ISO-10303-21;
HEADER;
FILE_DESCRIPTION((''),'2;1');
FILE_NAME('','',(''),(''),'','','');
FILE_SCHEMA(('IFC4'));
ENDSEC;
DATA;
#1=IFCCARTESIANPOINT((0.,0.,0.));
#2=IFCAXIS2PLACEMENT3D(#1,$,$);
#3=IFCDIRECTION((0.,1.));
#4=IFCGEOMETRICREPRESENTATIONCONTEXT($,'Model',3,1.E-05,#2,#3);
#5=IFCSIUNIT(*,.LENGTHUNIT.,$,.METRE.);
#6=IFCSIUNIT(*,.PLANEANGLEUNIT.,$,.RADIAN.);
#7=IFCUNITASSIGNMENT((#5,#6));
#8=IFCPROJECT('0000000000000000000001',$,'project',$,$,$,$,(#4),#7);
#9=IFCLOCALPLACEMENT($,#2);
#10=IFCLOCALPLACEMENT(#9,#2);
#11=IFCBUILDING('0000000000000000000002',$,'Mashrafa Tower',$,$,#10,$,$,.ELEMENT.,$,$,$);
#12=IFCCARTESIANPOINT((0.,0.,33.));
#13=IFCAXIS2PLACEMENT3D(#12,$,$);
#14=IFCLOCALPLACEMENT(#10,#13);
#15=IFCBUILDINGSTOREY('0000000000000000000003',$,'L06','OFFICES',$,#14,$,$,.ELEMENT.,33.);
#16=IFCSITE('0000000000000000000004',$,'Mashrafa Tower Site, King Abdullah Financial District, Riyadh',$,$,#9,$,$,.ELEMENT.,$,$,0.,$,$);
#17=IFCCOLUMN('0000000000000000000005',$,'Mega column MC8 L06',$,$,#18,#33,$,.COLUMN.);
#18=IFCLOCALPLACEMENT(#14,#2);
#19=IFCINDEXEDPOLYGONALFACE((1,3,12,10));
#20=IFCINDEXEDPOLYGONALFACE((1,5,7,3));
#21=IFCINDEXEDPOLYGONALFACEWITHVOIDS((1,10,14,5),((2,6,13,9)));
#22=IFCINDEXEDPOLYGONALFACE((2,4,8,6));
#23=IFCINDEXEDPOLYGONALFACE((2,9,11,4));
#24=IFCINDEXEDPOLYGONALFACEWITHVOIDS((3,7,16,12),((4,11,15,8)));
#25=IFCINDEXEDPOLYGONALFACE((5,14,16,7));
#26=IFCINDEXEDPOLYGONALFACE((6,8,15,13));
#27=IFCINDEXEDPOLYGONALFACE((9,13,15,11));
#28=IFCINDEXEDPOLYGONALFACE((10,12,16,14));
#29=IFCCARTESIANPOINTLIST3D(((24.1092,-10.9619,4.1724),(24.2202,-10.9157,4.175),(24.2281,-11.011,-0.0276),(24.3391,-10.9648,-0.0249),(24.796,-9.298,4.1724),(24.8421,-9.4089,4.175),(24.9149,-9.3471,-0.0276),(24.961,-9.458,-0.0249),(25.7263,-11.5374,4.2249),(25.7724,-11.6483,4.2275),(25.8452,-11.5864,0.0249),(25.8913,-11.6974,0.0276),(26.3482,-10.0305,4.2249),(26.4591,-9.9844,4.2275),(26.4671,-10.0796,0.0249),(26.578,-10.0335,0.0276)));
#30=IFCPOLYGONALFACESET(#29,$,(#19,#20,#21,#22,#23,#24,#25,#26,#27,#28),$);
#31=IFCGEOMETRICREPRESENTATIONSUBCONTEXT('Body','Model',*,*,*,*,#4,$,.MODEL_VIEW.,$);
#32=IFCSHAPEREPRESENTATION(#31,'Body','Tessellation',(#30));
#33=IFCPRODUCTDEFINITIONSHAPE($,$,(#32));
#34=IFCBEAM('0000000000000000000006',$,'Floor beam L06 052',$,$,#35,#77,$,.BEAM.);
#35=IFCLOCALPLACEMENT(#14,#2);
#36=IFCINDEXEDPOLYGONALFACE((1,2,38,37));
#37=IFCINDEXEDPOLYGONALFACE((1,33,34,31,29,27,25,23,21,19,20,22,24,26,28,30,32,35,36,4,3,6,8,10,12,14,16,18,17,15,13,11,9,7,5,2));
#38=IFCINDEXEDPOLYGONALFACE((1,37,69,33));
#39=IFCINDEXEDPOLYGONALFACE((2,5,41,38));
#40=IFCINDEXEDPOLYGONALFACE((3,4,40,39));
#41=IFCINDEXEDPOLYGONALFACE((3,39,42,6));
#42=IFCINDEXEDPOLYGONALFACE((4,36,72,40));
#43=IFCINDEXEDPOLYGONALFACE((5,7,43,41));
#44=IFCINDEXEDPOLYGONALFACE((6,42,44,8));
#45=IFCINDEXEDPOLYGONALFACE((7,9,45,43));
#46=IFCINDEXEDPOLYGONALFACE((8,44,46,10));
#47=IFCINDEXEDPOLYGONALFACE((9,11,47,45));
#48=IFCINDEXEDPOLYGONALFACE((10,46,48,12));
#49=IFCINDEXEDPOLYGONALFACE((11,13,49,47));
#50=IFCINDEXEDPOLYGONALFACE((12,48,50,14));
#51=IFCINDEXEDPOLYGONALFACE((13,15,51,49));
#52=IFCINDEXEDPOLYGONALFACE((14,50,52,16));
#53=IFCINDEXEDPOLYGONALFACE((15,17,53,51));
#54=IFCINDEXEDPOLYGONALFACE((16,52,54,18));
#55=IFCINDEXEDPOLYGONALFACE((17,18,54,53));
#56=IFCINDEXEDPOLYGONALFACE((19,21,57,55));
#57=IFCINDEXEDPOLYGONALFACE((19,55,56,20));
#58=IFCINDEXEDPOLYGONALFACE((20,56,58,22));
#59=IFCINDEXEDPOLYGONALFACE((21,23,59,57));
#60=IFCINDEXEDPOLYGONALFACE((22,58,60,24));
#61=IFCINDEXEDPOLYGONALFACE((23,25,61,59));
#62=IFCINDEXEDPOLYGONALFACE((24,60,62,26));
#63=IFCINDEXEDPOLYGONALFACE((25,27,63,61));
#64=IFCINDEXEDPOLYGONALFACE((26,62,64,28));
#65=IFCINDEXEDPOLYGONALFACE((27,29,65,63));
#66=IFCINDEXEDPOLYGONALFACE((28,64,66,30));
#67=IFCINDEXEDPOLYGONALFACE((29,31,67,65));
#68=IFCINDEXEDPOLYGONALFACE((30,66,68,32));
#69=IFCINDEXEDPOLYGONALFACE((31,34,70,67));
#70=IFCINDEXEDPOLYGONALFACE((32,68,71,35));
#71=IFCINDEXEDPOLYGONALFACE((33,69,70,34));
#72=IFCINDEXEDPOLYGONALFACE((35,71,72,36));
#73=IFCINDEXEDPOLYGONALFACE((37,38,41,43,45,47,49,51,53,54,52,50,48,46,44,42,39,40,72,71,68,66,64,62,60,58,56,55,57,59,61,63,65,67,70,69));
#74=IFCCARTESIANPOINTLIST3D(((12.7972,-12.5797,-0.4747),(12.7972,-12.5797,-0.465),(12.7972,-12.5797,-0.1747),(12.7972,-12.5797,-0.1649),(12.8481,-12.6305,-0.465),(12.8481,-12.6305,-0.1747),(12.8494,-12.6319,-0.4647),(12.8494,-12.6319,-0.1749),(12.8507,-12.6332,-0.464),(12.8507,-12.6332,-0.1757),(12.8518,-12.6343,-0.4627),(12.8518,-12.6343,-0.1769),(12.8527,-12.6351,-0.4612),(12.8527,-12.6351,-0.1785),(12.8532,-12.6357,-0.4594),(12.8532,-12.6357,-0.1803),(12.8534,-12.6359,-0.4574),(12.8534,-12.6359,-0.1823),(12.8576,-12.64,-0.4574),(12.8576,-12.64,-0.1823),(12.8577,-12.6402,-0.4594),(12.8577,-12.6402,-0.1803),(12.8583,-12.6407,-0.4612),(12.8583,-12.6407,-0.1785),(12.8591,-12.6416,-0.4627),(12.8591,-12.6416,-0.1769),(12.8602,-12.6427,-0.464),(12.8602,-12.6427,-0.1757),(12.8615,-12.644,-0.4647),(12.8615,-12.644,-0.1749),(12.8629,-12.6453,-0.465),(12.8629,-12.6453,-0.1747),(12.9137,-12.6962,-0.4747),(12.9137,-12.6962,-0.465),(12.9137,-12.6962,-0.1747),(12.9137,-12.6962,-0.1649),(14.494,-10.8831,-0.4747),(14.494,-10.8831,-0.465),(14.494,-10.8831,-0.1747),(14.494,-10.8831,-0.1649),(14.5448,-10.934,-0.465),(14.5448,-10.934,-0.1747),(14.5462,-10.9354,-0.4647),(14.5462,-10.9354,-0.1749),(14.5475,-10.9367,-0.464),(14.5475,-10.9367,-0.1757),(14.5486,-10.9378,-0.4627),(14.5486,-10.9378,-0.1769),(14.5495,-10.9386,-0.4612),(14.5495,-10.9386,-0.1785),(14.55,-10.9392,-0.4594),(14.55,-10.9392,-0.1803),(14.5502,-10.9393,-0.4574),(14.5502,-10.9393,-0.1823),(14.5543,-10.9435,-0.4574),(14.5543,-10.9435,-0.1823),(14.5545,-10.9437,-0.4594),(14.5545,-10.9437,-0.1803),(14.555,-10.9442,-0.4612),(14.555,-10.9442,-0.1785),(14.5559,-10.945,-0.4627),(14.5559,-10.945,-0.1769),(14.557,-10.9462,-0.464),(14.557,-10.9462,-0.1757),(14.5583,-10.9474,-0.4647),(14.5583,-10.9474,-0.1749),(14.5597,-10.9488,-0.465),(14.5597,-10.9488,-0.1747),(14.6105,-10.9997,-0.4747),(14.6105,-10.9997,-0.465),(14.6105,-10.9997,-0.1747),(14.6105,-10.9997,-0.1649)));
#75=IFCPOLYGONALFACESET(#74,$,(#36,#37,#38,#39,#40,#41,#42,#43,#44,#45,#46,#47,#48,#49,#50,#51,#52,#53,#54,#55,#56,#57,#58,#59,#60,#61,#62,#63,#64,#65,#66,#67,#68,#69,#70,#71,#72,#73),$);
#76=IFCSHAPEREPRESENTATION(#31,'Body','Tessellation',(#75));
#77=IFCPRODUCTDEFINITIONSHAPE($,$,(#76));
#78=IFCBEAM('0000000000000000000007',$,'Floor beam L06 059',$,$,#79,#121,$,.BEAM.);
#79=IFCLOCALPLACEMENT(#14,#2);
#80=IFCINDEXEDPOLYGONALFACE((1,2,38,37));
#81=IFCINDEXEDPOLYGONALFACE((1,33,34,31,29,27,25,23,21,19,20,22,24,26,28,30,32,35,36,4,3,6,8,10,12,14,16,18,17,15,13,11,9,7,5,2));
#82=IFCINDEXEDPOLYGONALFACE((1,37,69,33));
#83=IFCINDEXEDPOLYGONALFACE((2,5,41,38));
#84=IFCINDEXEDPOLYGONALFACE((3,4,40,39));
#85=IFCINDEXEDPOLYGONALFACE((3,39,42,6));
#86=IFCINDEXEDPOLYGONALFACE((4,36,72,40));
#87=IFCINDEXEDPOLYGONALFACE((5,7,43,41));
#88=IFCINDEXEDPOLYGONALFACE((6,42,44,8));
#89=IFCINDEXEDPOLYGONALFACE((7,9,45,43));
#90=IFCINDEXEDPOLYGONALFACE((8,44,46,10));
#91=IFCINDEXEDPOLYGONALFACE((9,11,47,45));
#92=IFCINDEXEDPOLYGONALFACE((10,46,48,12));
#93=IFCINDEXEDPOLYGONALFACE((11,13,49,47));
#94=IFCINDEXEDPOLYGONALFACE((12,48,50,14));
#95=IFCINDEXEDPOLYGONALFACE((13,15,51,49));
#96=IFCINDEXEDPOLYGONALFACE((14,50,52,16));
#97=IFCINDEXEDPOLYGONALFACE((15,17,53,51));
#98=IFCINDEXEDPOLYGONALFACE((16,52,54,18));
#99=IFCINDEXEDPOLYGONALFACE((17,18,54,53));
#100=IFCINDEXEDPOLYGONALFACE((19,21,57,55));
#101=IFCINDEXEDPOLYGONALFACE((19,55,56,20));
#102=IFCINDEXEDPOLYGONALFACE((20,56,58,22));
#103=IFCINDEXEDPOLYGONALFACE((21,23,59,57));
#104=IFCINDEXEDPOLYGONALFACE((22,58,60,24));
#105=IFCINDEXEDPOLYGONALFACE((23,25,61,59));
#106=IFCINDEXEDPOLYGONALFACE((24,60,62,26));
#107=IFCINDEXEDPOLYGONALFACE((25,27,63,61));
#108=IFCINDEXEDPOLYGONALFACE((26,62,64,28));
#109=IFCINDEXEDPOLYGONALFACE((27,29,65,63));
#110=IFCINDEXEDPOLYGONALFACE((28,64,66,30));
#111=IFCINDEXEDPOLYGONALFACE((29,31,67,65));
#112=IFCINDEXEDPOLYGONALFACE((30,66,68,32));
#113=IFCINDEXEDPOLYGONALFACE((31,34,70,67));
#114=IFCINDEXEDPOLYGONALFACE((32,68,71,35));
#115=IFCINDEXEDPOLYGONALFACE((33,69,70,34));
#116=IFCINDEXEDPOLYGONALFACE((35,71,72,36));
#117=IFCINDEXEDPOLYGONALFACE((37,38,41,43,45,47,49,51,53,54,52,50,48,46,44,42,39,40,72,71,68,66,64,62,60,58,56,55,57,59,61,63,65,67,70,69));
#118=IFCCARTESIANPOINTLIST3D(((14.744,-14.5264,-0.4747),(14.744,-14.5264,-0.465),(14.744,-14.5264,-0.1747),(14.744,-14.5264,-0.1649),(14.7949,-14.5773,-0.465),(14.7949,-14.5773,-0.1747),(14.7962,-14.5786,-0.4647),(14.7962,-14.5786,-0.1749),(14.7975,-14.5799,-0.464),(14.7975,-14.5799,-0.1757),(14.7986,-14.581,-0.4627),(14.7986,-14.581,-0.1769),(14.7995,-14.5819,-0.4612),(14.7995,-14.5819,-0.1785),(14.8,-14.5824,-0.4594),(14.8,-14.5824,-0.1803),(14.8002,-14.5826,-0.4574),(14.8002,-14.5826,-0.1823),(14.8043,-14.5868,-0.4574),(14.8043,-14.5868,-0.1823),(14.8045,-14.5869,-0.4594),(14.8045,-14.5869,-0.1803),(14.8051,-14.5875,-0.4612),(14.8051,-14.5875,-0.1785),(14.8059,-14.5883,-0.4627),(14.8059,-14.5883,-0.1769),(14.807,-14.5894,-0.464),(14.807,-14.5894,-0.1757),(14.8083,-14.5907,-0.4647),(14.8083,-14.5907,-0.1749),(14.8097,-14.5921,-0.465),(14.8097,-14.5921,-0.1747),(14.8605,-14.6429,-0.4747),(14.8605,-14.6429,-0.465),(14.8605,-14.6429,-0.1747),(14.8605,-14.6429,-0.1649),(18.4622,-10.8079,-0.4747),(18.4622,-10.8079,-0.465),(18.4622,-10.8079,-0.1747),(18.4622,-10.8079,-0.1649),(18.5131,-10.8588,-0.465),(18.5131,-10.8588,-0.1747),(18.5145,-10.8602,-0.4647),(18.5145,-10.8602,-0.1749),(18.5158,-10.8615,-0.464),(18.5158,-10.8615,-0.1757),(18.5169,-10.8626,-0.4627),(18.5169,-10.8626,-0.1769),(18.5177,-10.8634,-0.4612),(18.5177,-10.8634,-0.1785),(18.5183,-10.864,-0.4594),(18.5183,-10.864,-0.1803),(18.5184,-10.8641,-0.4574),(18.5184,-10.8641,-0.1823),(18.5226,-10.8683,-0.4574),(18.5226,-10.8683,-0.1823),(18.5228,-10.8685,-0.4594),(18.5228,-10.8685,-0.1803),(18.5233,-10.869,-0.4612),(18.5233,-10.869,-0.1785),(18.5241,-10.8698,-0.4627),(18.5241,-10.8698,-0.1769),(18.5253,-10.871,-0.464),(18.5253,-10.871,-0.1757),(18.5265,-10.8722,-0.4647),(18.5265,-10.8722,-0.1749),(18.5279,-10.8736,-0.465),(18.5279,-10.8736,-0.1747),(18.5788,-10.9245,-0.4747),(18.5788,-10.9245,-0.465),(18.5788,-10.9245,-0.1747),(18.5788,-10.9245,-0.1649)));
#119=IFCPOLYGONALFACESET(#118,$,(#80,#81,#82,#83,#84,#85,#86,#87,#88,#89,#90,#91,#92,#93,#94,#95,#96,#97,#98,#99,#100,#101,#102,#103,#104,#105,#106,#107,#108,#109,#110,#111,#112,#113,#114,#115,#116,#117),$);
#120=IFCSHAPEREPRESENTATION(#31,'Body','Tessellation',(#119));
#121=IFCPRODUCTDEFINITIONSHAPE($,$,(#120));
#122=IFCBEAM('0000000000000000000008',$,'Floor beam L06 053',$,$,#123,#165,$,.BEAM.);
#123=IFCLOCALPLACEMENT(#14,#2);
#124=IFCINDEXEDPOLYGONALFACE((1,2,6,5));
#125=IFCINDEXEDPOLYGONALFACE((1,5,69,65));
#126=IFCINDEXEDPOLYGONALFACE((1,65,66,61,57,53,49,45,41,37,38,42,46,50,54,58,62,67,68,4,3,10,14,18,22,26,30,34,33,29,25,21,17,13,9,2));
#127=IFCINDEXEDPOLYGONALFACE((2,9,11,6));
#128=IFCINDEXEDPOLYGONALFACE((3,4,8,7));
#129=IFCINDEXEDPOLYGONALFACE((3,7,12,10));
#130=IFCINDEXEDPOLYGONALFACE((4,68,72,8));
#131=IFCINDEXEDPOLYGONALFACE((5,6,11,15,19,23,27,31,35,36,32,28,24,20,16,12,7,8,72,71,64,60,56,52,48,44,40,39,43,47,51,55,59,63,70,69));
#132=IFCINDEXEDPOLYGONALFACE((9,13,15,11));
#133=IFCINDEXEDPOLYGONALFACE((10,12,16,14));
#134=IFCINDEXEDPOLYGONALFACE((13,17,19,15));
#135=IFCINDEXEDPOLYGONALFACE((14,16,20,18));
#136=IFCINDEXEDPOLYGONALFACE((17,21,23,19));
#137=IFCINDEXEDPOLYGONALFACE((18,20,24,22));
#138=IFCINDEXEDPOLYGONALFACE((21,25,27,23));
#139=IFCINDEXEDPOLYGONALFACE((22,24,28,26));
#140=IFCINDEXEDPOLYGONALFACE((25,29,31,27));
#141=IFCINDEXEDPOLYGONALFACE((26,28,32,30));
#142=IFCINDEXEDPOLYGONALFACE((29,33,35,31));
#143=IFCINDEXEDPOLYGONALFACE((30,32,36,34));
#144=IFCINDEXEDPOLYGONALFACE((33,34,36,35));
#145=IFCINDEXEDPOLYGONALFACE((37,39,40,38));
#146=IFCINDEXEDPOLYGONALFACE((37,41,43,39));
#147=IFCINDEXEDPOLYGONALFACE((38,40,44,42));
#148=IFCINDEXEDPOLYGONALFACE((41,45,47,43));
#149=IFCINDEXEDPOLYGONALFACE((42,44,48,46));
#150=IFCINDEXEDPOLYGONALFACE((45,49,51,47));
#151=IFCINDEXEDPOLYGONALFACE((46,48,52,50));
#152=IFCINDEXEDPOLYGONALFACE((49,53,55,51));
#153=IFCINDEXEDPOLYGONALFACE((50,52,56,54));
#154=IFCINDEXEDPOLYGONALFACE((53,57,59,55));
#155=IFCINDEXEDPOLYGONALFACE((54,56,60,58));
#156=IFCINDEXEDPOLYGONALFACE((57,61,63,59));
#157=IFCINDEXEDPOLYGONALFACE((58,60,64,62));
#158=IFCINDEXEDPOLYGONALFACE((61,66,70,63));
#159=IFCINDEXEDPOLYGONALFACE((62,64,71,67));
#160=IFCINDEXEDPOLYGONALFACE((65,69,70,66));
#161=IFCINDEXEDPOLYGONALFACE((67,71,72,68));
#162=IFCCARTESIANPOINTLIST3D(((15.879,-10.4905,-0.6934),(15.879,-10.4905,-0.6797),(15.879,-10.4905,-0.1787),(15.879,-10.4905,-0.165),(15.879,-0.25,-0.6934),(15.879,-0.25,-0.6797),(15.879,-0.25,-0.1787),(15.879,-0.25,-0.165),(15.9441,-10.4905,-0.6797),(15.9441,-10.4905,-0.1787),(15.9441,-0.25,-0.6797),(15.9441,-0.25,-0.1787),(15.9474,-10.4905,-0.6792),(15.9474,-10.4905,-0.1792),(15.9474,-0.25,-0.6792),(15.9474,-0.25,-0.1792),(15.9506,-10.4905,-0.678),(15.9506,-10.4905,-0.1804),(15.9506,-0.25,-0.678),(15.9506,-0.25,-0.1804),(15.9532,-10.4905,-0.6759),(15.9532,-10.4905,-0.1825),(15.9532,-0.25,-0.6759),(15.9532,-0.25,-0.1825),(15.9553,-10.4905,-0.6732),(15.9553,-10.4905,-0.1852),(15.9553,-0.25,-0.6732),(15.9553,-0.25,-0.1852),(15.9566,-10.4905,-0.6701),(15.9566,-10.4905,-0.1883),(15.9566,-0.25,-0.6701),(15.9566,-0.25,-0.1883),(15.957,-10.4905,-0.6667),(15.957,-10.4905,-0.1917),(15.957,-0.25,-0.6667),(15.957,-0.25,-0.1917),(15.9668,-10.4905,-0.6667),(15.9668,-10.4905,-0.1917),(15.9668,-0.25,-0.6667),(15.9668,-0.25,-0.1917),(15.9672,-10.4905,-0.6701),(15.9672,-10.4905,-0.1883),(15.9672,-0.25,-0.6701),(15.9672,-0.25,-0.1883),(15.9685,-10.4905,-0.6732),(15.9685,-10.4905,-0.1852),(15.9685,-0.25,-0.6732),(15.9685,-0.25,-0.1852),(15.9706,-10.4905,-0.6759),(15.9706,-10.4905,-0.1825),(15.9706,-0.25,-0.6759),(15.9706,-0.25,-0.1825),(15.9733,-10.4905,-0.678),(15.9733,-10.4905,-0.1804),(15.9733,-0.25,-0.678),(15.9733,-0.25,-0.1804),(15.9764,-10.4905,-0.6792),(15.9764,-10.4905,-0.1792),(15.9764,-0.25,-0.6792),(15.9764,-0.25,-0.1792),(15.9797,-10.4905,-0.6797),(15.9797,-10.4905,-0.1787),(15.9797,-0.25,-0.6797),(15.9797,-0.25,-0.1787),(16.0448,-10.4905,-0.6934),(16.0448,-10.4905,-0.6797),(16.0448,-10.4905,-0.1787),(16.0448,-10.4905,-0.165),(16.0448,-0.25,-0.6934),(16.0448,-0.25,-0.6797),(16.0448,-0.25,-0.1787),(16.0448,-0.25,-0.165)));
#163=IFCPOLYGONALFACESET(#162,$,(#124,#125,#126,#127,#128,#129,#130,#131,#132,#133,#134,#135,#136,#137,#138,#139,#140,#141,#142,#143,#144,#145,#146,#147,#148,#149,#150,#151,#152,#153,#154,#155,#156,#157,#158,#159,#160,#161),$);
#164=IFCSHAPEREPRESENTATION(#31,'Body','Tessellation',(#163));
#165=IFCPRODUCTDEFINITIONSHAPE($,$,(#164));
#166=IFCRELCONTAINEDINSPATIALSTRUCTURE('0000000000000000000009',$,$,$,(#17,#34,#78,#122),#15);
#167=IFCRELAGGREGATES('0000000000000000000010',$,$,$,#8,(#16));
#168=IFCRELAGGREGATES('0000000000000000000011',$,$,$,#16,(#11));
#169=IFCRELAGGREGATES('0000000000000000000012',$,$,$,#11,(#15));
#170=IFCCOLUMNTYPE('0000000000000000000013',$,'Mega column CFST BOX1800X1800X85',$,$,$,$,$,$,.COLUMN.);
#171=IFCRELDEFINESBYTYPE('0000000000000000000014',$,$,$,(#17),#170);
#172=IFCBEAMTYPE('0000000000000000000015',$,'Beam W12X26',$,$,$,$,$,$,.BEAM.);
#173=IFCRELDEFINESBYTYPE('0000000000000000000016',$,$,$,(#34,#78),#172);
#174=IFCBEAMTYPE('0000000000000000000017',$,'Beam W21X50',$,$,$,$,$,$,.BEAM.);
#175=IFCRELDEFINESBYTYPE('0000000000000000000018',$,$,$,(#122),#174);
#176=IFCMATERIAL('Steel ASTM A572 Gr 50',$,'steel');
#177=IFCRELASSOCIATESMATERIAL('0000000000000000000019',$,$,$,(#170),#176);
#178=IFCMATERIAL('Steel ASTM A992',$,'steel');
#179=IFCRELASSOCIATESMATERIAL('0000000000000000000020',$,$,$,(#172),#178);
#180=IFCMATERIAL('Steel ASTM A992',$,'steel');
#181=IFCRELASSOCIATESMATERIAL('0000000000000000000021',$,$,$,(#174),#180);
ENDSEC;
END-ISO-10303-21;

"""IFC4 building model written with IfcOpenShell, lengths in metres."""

from ifc_helpers import new_model, si_unit, direction, frame, origin, origin_2d, place, context, subcontext, project, spatial, hollow_rectangle, i_section, extrude, material, material_profile, profile_set, type_object, element, save


model = new_model("IFC4")

# Units and contexts
model_context = context("Model", 3, precision=1e-05, world=origin(), true_north=direction((0.0, 1.0)))
body_context = subcontext(model_context, "Body", "Model", "MODEL_VIEW")
ifc_project = project(units=[si_unit("LENGTHUNIT", "METRE"), si_unit("PLANEANGLEUNIT", "RADIAN")], contexts=[model_context])

# Site, building, storey
site_placement = place(None, origin())
site = spatial("IfcSite", under=ifc_project, at=site_placement, Name="Mashrafa Tower Site, King Abdullah Financial District, Riyadh", CompositionType="ELEMENT", RefElevation=0.0)
building_placement = place(site_placement, origin())
building = spatial("IfcBuilding", under=site, at=building_placement, Name="Mashrafa Tower", CompositionType="ELEMENT")
storey_placement = place(building_placement, frame((0.0, 0.0, 33.0)))
storey = spatial("IfcBuildingStorey", under=building, at=storey_placement, Name="L06", Description="OFFICES", CompositionType="ELEMENT", Elevation=33.0)

# Column
ifc_material_1 = material(Name="Steel ASTM A572 Gr 50", Category="steel")
ifc_material_profile_1 = material_profile(ifc_material_1, hollow_rectangle(XDim=1.8, YDim=1.8, WallThickness=0.085, at=origin_2d()), Name="BOX1800X1800X85")
ifc_profile_set_1 = profile_set([ifc_material_profile_1], Name="Steel ASTM A572 Gr 50")
column_type = type_object("IfcColumnType", Name="Mega column CFST BOX1800X1800X85", PredefinedType="COLUMN", material=ifc_profile_set_1)
column_placement = place(storey_placement, frame((25.4031, -10.5222, 0.0), z_axis=(-0.028296, 0.011679, 0.999531), x_axis=(-0.381513, -0.924363, 0.0)))
element("IfcColumn", 1, at=column_placement, inside=storey, type_object=column_type, Name="Mega column MC8 L06", PredefinedType="COLUMN", context=body_context, shape_type="SweptSolid", body=[
    extrude(hollow_rectangle(XDim=1.8, YDim=1.8, WallThickness=0.085, at=origin_2d()), origin(), (0.0, 0.0, 1.0), 4.2019),
])

# Beams
ifc_material_2 = material(Name="Steel ASTM A992", Category="steel")
ifc_material_profile_2 = material_profile(ifc_material_2, i_section(OverallWidth=0.1648, OverallDepth=0.3098, WebThickness=0.0059, FlangeThickness=0.0098, FilletRadius=0.0076, at=origin_2d()), Name="W12X26")
ifc_profile_set_2 = profile_set([ifc_material_profile_2], Name="Steel ASTM A992")
beam_type_1 = type_object("IfcBeamType", Name="Beam W12X26", PredefinedType="BEAM", material=ifc_profile_set_2)
beam_1_placement = place(storey_placement, frame((14.5522, -10.9414, -0.3198), z_axis=(-0.707158, -0.707056, 0.0), x_axis=(0.707056, -0.707158, 0.0)))
element("IfcBeam", 2, at=beam_1_placement, inside=storey, type_object=beam_type_1, Name="Floor beam L06 052", PredefinedType="BEAM", context=body_context, shape_type="SweptSolid", body=[
    extrude(i_section(OverallWidth=0.1648, OverallDepth=0.3098, WebThickness=0.0059, FlangeThickness=0.0098, FilletRadius=0.0076, at=origin_2d()), origin(), (0.0, 0.0, 1.0), 2.3994),
])
beam_2_placement = place(storey_placement, frame((18.5205, -10.8662, -0.3198), z_axis=(-0.707084, -0.70713, 0.0), x_axis=(0.70713, -0.707084, 0.0)))
element("IfcBeam", 3, at=beam_2_placement, inside=storey, type_object=beam_type_1, Name="Floor beam L06 059", PredefinedType="BEAM", context=body_context, shape_type="SweptSolid", body=[
    extrude(i_section(OverallWidth=0.1648, OverallDepth=0.3098, WebThickness=0.0059, FlangeThickness=0.0098, FilletRadius=0.0076, at=origin_2d()), origin(), (0.0, 0.0, 1.0), 5.2585),
])
ifc_material_3 = material(Name="Steel ASTM A992", Category="steel")
ifc_material_profile_3 = material_profile(ifc_material_3, i_section(OverallWidth=0.1658, OverallDepth=0.5283, WebThickness=0.0098, FlangeThickness=0.0137, FilletRadius=0.0129, at=origin_2d()), Name="W21X50")
ifc_profile_set_3 = profile_set([ifc_material_profile_3], Name="Steel ASTM A992")
beam_type_2 = type_object("IfcBeamType", Name="Beam W21X50", PredefinedType="BEAM", material=ifc_profile_set_3)
beam_3_placement = place(storey_placement, frame((15.9619, -0.25, -0.4292), z_axis=(0.0, -1.0, 0.0), x_axis=(1.0, 0.0, 0.0)))
element("IfcBeam", 4, at=beam_3_placement, inside=storey, type_object=beam_type_2, Name="Floor beam L06 053", PredefinedType="BEAM", context=body_context, shape_type="SweptSolid", body=[
    extrude(i_section(OverallWidth=0.1658, OverallDepth=0.5283, WebThickness=0.0098, FlangeThickness=0.0137, FilletRadius=0.0129, at=origin_2d()), origin(), (0.0, 0.0, 1.0), 10.2405),
])

save(model, "model.ifc")
